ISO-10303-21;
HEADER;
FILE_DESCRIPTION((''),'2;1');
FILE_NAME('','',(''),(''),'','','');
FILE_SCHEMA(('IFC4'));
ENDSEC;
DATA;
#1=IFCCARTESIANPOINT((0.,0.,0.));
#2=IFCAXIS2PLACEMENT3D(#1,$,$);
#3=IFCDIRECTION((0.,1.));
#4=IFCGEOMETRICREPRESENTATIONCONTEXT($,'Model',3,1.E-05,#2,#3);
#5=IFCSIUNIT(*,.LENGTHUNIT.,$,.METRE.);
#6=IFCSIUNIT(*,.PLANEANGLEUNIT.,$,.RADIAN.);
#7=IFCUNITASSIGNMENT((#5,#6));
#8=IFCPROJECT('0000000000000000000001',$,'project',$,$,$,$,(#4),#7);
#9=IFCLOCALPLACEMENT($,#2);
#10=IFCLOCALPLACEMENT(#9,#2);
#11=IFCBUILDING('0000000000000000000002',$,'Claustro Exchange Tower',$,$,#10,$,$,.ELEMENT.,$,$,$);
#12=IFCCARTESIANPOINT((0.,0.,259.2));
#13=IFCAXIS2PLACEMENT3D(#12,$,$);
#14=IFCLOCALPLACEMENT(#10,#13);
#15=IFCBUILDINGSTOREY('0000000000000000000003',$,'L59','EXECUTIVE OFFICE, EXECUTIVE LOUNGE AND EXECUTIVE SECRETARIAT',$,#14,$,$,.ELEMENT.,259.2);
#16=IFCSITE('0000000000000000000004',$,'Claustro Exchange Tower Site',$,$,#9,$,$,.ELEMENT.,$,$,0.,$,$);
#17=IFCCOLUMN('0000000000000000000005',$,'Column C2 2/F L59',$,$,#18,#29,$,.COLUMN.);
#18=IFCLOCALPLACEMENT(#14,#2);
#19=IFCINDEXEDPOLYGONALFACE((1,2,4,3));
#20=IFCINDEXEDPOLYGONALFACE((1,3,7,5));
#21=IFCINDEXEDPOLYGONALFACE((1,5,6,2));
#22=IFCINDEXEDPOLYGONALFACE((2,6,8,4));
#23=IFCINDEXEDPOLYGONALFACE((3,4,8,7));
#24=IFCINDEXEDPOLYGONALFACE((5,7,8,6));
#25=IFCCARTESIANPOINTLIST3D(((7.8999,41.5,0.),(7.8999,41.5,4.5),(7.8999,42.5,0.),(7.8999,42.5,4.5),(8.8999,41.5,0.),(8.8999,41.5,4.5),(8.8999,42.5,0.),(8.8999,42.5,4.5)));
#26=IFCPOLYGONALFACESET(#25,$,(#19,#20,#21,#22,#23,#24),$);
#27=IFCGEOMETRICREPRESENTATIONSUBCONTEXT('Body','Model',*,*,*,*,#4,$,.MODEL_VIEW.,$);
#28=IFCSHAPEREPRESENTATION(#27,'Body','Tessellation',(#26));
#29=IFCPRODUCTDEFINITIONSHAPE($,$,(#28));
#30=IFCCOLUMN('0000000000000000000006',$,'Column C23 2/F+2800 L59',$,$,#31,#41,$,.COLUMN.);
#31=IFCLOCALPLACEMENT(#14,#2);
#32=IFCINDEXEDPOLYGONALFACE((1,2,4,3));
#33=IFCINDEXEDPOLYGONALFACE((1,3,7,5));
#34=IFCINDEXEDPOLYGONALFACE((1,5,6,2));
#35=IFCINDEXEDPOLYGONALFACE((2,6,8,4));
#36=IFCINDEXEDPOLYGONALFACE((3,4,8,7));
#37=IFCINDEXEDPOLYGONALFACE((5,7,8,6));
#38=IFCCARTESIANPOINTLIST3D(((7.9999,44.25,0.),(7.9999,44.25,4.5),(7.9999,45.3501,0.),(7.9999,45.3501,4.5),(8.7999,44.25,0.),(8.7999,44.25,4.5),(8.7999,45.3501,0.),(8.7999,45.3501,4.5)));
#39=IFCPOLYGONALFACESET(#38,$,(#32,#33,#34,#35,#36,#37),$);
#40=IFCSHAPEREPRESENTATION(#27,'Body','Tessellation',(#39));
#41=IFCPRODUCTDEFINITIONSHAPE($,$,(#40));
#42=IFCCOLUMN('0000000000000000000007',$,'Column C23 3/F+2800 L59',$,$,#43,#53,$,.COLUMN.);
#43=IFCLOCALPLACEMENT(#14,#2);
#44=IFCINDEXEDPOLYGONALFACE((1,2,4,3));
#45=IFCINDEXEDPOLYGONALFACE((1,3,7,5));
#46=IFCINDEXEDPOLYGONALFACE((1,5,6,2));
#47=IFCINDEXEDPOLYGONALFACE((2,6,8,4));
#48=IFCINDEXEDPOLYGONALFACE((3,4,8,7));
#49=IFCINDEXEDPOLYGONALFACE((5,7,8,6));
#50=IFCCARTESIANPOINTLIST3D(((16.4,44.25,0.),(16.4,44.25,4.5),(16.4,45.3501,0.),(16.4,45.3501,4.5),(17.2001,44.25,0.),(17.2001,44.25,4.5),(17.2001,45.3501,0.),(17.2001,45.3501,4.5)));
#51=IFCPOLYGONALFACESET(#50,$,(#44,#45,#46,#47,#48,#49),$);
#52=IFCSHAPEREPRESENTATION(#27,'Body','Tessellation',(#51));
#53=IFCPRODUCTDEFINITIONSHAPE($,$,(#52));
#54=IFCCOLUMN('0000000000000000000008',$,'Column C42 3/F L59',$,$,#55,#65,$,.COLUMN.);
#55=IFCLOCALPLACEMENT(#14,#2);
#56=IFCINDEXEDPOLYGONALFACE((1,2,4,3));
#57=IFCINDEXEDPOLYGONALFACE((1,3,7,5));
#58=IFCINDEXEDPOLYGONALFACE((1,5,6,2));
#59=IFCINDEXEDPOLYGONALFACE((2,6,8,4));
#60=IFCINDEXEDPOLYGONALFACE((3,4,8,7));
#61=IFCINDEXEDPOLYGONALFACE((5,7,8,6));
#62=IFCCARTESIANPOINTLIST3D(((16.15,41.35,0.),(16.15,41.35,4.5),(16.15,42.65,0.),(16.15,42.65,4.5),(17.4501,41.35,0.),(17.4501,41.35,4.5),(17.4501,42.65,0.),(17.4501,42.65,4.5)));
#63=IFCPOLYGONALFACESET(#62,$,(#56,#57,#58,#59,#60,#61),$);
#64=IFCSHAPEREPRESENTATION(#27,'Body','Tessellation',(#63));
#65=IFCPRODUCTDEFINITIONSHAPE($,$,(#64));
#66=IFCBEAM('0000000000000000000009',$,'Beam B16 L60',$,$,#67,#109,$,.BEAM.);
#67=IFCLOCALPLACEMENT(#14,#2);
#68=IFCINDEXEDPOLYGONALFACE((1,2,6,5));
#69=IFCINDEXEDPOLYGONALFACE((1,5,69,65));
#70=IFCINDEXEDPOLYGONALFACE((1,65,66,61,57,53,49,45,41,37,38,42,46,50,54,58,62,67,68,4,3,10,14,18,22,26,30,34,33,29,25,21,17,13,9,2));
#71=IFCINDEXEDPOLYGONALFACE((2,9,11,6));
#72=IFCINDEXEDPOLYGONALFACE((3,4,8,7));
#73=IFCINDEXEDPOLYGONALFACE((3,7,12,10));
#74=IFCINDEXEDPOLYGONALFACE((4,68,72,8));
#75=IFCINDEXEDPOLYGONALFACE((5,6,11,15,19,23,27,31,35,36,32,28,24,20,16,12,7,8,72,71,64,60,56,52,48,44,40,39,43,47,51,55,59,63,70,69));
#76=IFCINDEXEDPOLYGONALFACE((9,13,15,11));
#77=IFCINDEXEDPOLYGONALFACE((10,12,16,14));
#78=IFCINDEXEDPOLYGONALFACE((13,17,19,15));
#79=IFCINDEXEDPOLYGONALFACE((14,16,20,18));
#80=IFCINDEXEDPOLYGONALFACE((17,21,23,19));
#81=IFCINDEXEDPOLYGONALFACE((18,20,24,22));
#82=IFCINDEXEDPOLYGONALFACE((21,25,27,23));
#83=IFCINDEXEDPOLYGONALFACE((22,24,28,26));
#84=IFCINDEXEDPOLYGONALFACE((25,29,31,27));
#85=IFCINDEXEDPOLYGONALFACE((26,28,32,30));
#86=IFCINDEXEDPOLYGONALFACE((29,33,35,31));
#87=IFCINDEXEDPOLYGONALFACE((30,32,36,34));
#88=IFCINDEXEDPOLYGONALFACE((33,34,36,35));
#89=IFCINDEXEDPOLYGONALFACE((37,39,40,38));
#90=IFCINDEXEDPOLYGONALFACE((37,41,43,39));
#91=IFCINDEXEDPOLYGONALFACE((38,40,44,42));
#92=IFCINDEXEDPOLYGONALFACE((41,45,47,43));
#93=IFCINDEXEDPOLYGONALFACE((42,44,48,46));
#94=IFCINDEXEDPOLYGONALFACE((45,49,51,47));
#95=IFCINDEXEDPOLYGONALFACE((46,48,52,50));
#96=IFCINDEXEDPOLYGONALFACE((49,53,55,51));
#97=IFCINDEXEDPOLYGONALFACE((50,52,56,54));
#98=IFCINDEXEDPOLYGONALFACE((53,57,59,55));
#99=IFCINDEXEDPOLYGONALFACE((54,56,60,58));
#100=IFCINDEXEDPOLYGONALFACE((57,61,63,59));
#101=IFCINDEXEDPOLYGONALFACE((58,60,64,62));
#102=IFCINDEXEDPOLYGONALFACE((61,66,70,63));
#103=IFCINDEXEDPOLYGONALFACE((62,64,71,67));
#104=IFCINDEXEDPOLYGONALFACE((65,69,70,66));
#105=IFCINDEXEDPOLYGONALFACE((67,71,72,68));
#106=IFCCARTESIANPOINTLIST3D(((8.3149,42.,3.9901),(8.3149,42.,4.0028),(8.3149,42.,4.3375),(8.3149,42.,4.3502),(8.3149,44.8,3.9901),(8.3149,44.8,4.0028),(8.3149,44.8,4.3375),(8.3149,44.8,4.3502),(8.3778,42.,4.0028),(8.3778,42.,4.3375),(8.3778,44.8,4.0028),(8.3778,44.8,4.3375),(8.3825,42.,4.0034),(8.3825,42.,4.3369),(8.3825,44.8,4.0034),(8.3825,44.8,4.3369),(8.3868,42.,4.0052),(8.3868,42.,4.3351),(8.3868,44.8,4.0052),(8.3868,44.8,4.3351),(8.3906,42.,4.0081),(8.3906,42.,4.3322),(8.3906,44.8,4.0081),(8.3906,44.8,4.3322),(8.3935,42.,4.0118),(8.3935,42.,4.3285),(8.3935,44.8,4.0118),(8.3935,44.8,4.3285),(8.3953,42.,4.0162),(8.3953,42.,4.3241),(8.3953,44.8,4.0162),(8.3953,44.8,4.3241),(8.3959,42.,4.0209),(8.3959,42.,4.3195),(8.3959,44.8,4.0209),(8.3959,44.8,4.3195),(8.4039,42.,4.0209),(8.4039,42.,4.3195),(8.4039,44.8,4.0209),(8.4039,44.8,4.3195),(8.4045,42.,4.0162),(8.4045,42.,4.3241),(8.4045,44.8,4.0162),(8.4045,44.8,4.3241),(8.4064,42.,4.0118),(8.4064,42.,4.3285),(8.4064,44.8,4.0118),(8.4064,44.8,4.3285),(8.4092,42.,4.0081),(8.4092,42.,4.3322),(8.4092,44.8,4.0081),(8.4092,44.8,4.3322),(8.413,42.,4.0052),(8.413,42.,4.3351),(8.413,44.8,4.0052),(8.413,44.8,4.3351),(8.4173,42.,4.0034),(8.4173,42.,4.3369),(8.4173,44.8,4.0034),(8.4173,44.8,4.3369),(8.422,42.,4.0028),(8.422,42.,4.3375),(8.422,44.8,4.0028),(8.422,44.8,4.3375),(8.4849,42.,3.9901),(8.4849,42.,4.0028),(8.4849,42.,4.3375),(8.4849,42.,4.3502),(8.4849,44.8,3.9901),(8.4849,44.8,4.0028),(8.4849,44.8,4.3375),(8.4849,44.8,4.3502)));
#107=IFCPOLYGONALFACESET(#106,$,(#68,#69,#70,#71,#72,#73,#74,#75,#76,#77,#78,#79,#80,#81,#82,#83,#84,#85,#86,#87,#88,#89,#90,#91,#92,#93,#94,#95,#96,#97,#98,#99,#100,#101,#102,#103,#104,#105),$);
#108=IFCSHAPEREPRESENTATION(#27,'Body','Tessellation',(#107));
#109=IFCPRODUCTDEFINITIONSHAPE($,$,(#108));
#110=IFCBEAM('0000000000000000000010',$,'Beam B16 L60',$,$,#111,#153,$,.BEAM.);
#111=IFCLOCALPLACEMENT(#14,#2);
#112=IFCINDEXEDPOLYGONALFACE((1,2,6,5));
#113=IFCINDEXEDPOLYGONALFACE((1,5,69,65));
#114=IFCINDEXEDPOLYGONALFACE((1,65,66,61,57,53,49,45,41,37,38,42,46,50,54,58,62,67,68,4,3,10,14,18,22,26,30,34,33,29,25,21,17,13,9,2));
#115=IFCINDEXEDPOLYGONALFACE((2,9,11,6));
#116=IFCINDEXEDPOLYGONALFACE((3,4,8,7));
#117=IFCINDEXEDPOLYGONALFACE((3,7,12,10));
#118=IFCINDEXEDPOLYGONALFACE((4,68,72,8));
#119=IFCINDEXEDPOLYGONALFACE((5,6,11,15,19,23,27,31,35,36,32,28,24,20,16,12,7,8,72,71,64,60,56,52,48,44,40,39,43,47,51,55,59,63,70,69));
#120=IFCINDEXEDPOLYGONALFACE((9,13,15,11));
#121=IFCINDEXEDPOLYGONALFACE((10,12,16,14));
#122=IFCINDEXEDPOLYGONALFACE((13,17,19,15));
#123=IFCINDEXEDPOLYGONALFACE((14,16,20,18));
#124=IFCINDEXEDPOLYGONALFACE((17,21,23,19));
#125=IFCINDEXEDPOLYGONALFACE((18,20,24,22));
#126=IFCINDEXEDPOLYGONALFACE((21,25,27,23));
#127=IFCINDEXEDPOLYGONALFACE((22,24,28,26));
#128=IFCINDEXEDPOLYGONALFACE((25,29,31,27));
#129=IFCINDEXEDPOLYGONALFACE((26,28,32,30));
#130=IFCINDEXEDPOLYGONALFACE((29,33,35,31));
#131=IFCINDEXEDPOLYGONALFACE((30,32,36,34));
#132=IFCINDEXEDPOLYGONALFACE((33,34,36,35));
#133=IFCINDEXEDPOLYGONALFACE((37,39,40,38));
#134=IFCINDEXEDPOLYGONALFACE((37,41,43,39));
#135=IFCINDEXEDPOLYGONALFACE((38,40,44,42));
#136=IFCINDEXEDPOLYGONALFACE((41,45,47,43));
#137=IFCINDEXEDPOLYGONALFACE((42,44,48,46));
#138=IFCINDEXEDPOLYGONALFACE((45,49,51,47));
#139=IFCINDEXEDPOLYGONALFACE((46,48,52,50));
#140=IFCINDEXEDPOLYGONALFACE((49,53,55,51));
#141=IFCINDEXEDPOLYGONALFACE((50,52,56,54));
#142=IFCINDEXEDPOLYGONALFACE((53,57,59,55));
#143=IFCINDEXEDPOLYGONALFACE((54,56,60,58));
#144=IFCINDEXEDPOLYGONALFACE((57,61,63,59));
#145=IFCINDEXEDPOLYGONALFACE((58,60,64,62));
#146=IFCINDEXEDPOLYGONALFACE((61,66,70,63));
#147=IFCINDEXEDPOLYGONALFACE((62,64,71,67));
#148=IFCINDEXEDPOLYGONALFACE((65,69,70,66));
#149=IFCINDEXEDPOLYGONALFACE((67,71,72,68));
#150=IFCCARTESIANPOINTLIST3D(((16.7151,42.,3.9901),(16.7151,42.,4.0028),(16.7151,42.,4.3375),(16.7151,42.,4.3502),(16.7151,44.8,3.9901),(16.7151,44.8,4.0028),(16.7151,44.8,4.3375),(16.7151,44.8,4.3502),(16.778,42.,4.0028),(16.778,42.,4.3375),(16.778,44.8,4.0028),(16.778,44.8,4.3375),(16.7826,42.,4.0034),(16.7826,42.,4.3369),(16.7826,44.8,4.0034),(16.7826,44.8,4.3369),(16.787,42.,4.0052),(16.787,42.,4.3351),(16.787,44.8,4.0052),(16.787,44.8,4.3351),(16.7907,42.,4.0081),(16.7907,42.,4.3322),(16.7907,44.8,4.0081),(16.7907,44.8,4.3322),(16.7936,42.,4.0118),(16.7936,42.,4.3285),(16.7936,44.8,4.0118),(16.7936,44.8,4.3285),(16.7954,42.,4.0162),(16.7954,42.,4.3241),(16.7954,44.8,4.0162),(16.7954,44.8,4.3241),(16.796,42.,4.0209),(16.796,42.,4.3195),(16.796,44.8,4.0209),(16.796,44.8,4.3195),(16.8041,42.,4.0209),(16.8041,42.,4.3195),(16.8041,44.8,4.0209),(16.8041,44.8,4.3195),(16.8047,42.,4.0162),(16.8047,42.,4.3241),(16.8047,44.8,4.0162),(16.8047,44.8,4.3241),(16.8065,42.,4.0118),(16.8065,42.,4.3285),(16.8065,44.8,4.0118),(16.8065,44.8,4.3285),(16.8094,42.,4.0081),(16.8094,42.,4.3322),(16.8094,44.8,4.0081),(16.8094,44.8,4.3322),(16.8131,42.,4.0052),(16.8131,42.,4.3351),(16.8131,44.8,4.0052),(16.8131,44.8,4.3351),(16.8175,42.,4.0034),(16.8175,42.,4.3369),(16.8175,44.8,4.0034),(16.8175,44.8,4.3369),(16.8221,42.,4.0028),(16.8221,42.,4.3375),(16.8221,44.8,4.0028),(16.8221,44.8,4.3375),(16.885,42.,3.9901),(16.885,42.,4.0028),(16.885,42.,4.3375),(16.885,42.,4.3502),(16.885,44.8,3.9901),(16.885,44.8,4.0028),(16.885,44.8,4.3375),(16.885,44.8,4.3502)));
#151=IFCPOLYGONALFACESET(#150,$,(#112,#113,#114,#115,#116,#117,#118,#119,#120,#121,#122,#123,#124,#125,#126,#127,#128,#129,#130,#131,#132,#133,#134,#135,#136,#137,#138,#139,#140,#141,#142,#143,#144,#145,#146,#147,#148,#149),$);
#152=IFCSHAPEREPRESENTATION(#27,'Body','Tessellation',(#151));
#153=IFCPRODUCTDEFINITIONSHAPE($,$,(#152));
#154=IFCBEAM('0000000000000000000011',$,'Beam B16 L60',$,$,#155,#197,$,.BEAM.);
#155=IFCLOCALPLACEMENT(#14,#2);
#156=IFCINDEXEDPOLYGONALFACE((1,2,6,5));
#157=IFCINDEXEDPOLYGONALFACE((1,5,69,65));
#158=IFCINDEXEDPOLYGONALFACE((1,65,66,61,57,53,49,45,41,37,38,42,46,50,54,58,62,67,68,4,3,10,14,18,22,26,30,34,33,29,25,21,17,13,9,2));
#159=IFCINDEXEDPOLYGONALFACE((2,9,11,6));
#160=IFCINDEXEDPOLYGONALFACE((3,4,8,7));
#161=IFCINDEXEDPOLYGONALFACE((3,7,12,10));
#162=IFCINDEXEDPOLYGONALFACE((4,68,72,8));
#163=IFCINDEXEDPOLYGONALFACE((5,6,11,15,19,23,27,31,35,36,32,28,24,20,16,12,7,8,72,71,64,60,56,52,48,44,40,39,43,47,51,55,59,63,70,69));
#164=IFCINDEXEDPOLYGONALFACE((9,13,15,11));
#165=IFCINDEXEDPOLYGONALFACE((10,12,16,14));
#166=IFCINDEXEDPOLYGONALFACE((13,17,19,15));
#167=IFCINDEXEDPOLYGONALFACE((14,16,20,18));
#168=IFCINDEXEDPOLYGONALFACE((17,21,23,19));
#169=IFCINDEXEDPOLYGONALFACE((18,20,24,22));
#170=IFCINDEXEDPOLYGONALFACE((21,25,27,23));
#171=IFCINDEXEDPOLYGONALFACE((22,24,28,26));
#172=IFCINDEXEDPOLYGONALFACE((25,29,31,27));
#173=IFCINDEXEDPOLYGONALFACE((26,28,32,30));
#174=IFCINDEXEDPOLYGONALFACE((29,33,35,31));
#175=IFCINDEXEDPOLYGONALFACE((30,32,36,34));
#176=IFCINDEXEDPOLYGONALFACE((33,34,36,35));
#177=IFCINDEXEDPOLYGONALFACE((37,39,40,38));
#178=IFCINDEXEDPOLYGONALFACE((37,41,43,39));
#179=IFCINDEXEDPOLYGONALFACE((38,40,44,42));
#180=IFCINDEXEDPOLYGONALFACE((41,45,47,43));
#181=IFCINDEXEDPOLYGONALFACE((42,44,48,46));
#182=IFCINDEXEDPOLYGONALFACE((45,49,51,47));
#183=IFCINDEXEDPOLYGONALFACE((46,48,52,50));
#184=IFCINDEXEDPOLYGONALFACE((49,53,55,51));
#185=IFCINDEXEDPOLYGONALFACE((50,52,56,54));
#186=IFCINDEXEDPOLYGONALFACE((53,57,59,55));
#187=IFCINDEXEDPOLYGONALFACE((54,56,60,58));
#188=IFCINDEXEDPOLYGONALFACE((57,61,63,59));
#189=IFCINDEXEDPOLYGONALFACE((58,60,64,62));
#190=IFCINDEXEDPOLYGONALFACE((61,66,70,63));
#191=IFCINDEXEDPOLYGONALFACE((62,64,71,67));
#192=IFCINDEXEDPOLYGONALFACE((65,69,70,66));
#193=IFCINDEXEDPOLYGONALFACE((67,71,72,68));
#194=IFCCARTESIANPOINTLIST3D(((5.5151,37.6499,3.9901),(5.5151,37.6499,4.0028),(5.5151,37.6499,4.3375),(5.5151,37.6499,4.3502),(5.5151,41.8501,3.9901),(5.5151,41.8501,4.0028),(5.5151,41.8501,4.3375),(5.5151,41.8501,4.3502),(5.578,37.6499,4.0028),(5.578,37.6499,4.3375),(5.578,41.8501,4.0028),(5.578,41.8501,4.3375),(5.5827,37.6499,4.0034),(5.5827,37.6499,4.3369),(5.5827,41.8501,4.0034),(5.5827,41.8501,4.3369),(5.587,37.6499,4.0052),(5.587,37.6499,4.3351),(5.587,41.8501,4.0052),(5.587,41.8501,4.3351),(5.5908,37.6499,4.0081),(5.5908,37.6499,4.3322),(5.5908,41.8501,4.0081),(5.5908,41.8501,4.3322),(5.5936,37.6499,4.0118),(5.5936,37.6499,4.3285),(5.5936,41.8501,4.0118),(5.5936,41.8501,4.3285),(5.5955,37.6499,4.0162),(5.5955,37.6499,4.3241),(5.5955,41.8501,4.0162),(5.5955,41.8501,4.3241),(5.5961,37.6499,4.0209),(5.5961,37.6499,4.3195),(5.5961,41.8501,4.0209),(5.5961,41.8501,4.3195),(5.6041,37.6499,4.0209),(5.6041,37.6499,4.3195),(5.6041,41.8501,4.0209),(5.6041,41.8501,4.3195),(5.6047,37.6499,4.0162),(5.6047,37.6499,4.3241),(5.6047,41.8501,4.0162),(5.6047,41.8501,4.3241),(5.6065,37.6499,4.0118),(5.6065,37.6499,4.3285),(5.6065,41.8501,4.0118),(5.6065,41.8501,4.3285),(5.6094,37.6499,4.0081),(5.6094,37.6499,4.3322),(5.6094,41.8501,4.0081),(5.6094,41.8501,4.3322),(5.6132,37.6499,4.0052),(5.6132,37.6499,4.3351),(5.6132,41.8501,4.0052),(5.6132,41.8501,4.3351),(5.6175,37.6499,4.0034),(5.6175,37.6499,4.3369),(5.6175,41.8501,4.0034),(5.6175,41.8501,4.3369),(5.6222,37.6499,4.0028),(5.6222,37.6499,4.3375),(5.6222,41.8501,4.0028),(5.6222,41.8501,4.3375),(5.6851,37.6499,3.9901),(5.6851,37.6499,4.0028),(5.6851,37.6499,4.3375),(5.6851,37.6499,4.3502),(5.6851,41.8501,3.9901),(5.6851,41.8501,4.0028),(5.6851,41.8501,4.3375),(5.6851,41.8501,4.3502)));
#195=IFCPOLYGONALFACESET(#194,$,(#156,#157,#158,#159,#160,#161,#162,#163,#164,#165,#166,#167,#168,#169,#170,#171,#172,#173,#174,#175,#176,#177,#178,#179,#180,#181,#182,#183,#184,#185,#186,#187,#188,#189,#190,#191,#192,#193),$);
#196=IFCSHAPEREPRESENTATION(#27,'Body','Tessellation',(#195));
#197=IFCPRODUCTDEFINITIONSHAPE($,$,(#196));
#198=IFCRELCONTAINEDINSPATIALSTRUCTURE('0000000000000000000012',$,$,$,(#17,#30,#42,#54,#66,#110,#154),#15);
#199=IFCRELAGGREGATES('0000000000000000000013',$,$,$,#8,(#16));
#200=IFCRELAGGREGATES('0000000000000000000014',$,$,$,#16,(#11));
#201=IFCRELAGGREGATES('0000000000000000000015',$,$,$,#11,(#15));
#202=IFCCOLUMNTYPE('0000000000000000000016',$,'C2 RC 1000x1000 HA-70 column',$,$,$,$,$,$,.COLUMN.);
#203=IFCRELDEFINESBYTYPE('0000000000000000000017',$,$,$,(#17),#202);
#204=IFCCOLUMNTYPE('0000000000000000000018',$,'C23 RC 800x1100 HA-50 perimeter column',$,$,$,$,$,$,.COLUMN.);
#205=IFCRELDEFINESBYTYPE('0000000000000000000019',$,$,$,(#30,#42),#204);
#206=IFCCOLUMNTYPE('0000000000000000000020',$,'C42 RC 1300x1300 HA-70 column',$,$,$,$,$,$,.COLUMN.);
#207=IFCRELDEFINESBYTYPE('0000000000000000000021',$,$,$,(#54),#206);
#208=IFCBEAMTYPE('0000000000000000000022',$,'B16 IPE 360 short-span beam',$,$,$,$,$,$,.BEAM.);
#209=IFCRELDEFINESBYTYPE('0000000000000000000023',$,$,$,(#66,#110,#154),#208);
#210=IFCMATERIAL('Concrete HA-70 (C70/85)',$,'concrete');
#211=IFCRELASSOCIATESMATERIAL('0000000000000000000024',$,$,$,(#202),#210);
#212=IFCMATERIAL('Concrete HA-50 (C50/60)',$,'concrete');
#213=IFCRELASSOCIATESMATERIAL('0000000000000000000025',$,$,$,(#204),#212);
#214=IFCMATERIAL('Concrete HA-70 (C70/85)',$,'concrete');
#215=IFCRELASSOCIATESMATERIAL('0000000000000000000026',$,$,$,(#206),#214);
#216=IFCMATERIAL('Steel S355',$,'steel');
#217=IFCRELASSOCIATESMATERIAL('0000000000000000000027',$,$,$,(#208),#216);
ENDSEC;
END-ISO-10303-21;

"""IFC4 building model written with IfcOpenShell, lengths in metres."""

from ifc_helpers import new_model, si_unit, direction, frame, origin, origin_2d, place, context, subcontext, project, spatial, rectangle, i_section, extrude, material, material_profile, profile_set, type_object, element, save


model = new_model("IFC4")

# Units and contexts
model_context = context("Model", 3, precision=1e-05, world=origin(), true_north=direction((0.0, 1.0)))
body_context = subcontext(model_context, "Body", "Model", "MODEL_VIEW")
ifc_project = project(units=[si_unit("LENGTHUNIT", "METRE"), si_unit("PLANEANGLEUNIT", "RADIAN")], contexts=[model_context])

# Site, building, storey
site_placement = place(None, origin())
site = spatial("IfcSite", under=ifc_project, at=site_placement, Name="Claustro Exchange Tower Site", CompositionType="ELEMENT", RefElevation=0.0)
building_placement = place(site_placement, origin())
building = spatial("IfcBuilding", under=site, at=building_placement, Name="Claustro Exchange Tower", CompositionType="ELEMENT")
storey_placement = place(building_placement, frame((0.0, 0.0, 259.2)))
storey = spatial("IfcBuildingStorey", under=building, at=storey_placement, Name="L59", Description="EXECUTIVE OFFICE, EXECUTIVE LOUNGE AND EXECUTIVE SECRETARIAT", CompositionType="ELEMENT", Elevation=259.2)

# Columns
ifc_material_1 = material(Name="Concrete HA-70 (C70/85)", Category="concrete")
ifc_material_profile_1 = material_profile(ifc_material_1, rectangle(XDim=1.0, YDim=1.0, at=origin_2d()), Name="RC 1000x1000")
ifc_profile_set_1 = profile_set([ifc_material_profile_1], Name="Concrete HA-70 (C70/85)")
column_type_1 = type_object("IfcColumnType", Name="C2 RC 1000x1000 HA-70 column", PredefinedType="COLUMN", material=ifc_profile_set_1)
column_1_placement = place(storey_placement, frame((8.3999, 42.0, 0.0), z_axis=(0.0, 0.0, 1.0), x_axis=(1.0, 0.0, 0.0)))
element("IfcColumn", 1, at=column_1_placement, inside=storey, type_object=column_type_1, Name="Column C2 2/F L59", PredefinedType="COLUMN", context=body_context, shape_type="SweptSolid", body=[
    extrude(rectangle(XDim=1.0, YDim=1.0, at=origin_2d()), origin(), (0.0, 0.0, 1.0), 4.5),
])
ifc_material_2 = material(Name="Concrete HA-50 (C50/60)", Category="concrete")
ifc_material_profile_2 = material_profile(ifc_material_2, rectangle(XDim=0.8, YDim=1.1001, at=origin_2d()), Name="RC 800x1100")
ifc_profile_set_2 = profile_set([ifc_material_profile_2], Name="Concrete HA-50 (C50/60)")
column_type_2 = type_object("IfcColumnType", Name="C23 RC 800x1100 HA-50 perimeter column", PredefinedType="COLUMN", material=ifc_profile_set_2)
for number, where, z_axis, x_axis, name in (
    (2, (8.3999, 44.8, 0.0), (0.0, 0.0, 1.0), (1.0, 0.0, 0.0), "Column C23 2/F+2800 L59"),
    (3, (16.8, 44.8, 0.0), (0.0, 0.0, 1.0), (1.0, 0.0, 0.0), "Column C23 3/F+2800 L59"),
):
    element("IfcColumn", number, at=place(storey_placement, frame(where, z_axis=z_axis, x_axis=x_axis)), inside=storey, type_object=column_type_2, Name=name, PredefinedType="COLUMN", context=body_context, shape_type="SweptSolid", body=[
        extrude(rectangle(XDim=0.8, YDim=1.1001, at=origin_2d()), origin(), (0.0, 0.0, 1.0), 4.5),
    ])
ifc_material_3 = material(Name="Concrete HA-70 (C70/85)", Category="concrete")
ifc_material_profile_3 = material_profile(ifc_material_3, rectangle(XDim=1.3, YDim=1.3, at=origin_2d()), Name="RC 1300x1300")
ifc_profile_set_3 = profile_set([ifc_material_profile_3], Name="Concrete HA-70 (C70/85)")
column_type_3 = type_object("IfcColumnType", Name="C42 RC 1300x1300 HA-70 column", PredefinedType="COLUMN", material=ifc_profile_set_3)
column_2_placement = place(storey_placement, frame((16.8, 42.0, 0.0), z_axis=(0.0, 0.0, 1.0), x_axis=(1.0, 0.0, 0.0)))
element("IfcColumn", 4, at=column_2_placement, inside=storey, type_object=column_type_3, Name="Column C42 3/F L59", PredefinedType="COLUMN", context=body_context, shape_type="SweptSolid", body=[
    extrude(rectangle(XDim=1.3, YDim=1.3, at=origin_2d()), origin(), (0.0, 0.0, 1.0), 4.5),
])

# Beams
ifc_material_4 = material(Name="Steel S355", Category="steel")
ifc_material_profile_4 = material_profile(ifc_material_4, i_section(OverallWidth=0.1699, OverallDepth=0.3601, WebThickness=0.0081, FlangeThickness=0.0127, FilletRadius=0.0181, at=origin_2d()), Name="IPE 360")
ifc_profile_set_4 = profile_set([ifc_material_profile_4], Name="Steel S355")
beam_type_1 = type_object("IfcBeamType", Name="B16 IPE 360 short-span beam", PredefinedType="BEAM", material=ifc_profile_set_4)
for number, where, z_axis, x_axis, name in (
    (5, (8.3999, 42.0, 4.1702), (0.0, 1.0, 0.0), (-1.0, 0.0, 0.0), "Beam B16 L60"),
    (6, (16.8, 42.0, 4.1702), (0.0, 1.0, 0.0), (-1.0, 0.0, 0.0), "Beam B16 L60"),
):
    element("IfcBeam", number, at=place(storey_placement, frame(where, z_axis=z_axis, x_axis=x_axis)), inside=storey, type_object=beam_type_1, Name=name, PredefinedType="BEAM", context=body_context, shape_type="SweptSolid", body=[
        extrude(i_section(OverallWidth=0.1699, OverallDepth=0.3601, WebThickness=0.0081, FlangeThickness=0.0127, FilletRadius=0.0181, at=origin_2d()), origin(), (0.0, 0.0, 1.0), 2.8),
    ])
for number, where, z_axis, x_axis, name in (
    (7, (5.6001, 37.6499, 4.1702), (0.0, 1.0, 0.0), (-1.0, 0.0, 0.0), "Beam B16 L60"),
):
    element("IfcBeam", number, at=place(storey_placement, frame(where, z_axis=z_axis, x_axis=x_axis)), inside=storey, type_object=beam_type_1, Name=name, PredefinedType="BEAM", context=body_context, shape_type="SweptSolid", body=[
        extrude(i_section(OverallWidth=0.1699, OverallDepth=0.3601, WebThickness=0.0081, FlangeThickness=0.0127, FilletRadius=0.0181, at=origin_2d()), origin(), (0.0, 0.0, 1.0), 4.2002),
    ])

save(model, "model.ifc")
